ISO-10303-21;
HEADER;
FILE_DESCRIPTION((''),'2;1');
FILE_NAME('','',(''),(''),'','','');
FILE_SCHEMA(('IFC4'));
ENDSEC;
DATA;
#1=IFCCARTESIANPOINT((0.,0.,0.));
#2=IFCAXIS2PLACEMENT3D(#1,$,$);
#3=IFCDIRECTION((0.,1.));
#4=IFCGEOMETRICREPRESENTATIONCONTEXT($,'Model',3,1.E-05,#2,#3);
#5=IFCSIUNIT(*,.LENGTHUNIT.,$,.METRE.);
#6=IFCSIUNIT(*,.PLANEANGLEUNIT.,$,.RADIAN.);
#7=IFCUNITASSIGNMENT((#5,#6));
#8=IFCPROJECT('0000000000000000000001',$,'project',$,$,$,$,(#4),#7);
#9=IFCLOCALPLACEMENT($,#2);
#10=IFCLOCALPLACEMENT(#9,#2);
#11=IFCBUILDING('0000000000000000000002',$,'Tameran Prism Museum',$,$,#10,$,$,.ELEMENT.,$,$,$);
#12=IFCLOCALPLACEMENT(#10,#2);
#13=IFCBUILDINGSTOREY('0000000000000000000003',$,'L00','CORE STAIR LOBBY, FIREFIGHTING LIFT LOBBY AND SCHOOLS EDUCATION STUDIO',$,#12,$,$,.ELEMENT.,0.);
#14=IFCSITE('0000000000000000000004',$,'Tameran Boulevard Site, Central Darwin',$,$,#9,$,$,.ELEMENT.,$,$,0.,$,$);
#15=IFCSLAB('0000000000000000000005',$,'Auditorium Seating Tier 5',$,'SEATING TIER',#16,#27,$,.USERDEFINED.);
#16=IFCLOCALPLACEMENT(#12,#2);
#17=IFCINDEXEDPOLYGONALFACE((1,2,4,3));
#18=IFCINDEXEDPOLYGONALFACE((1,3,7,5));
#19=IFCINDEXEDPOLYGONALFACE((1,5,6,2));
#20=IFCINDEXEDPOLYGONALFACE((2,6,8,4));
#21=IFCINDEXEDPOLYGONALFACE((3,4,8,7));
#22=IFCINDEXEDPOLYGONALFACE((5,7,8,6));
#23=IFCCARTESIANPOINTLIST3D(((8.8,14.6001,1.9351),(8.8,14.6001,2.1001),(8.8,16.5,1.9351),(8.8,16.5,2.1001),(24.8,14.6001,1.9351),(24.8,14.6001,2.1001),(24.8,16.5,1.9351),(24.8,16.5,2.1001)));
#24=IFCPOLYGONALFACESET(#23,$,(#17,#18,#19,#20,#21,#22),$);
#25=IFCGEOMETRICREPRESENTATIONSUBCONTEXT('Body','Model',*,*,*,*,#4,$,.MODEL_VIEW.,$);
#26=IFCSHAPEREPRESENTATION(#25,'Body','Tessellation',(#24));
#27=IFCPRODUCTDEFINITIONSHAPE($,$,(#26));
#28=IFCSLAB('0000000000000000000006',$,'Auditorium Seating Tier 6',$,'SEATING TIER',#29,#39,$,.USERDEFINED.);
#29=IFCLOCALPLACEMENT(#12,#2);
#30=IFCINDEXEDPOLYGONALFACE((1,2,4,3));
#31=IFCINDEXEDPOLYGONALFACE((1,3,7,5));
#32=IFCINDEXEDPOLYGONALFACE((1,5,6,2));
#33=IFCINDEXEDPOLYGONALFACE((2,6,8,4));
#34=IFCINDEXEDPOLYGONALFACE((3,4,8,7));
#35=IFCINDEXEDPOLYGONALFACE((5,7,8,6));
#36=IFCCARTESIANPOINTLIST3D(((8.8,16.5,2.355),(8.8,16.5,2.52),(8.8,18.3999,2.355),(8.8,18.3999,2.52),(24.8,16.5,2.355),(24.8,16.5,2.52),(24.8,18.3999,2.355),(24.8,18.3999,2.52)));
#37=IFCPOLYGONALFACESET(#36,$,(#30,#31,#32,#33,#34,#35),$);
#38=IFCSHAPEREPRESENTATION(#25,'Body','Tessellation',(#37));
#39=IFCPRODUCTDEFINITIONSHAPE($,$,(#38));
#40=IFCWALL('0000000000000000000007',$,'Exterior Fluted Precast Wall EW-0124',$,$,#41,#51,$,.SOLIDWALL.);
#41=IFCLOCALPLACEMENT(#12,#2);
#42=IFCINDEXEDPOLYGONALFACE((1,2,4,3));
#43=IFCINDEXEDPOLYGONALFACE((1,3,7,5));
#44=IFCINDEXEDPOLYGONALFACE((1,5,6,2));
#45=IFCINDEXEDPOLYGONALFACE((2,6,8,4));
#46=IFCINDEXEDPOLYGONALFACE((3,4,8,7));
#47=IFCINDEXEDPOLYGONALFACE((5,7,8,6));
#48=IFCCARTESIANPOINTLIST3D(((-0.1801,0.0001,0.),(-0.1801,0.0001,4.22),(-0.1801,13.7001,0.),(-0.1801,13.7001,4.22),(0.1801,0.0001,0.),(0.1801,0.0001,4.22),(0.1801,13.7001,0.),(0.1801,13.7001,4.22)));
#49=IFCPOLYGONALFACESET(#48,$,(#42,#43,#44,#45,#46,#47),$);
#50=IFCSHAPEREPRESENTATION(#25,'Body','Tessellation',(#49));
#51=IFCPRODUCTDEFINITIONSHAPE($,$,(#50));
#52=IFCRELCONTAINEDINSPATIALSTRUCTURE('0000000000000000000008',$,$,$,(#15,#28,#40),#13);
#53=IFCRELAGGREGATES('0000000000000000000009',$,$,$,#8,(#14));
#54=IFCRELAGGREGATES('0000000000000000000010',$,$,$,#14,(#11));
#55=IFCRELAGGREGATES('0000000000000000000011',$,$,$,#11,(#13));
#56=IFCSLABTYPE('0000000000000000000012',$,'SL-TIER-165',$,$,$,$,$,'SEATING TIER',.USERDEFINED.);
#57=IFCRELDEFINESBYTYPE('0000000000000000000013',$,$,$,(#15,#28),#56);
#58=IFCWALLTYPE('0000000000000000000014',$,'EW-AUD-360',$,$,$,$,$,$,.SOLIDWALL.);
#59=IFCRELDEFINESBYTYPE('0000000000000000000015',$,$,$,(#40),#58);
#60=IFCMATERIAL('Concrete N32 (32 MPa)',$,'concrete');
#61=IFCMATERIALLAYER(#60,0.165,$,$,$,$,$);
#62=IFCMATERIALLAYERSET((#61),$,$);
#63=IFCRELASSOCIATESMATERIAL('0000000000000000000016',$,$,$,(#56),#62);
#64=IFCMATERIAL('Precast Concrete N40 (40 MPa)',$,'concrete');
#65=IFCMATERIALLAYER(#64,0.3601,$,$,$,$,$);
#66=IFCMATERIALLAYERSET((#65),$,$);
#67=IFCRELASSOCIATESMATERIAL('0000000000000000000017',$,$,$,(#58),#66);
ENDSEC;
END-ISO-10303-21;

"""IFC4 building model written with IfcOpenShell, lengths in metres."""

from ifc_helpers import new_model, si_unit, direction, frame, frame_2d, origin, place, context, subcontext, project, spatial, polyline, rectangle, outline, extrude, material, layer, layer_set, type_object, element, save


model = new_model("IFC4")

# Units and contexts
model_context = context("Model", 3, precision=1e-05, world=origin(), true_north=direction((0.0, 1.0)))
body_context = subcontext(model_context, "Body", "Model", "MODEL_VIEW")
ifc_project = project(units=[si_unit("LENGTHUNIT", "METRE"), si_unit("PLANEANGLEUNIT", "RADIAN")], contexts=[model_context])

# Site, building, storey
site_placement = place(None, origin())
site = spatial("IfcSite", under=ifc_project, at=site_placement, Name="Tameran Boulevard Site, Central Darwin", CompositionType="ELEMENT", RefElevation=0.0)
building_placement = place(site_placement, origin())
building = spatial("IfcBuilding", under=site, at=building_placement, Name="Tameran Prism Museum", CompositionType="ELEMENT")
storey_placement = place(building_placement, origin())
storey = spatial("IfcBuildingStorey", under=building, at=storey_placement, Name="L00", Description="CORE STAIR LOBBY, FIREFIGHTING LIFT LOBBY AND SCHOOLS EDUCATION STUDIO", CompositionType="ELEMENT", Elevation=0.0)

# Slabs
ifc_material_1 = material(Name="Concrete N32 (32 MPa)", Category="concrete")
ifc_layer_1 = layer(ifc_material_1, 0.165)
ifc_layer_set_1 = layer_set([ifc_layer_1])
slab_type_1 = type_object("IfcSlabType", Name="SL-TIER-165", ElementType="SEATING TIER", PredefinedType="USERDEFINED", material=ifc_layer_set_1)
slab_1_placement = place(storey_placement, frame((0.0, 0.0, 1.9351)))
element("IfcSlab", 1, at=slab_1_placement, inside=storey, type_object=slab_type_1, Name="Auditorium Seating Tier 5", ObjectType="SEATING TIER", PredefinedType="USERDEFINED", context=body_context, shape_type="SweptSolid", body=[
    extrude(outline(polyline([(8.8, 14.6001), (24.8, 14.6001), (24.8, 16.5), (8.8, 16.5), (8.8, 14.6001)])), origin(), (0.0, 0.0, 1.0), 0.165),
])
slab_2_placement = place(storey_placement, frame((0.0, 0.0, 2.355)))
element("IfcSlab", 2, at=slab_2_placement, inside=storey, type_object=slab_type_1, Name="Auditorium Seating Tier 6", ObjectType="SEATING TIER", PredefinedType="USERDEFINED", context=body_context, shape_type="SweptSolid", body=[
    extrude(outline(polyline([(8.8, 16.5), (24.8, 16.5), (24.8, 18.3999), (8.8, 18.3999), (8.8, 16.5)])), origin(), (0.0, 0.0, 1.0), 0.165),
])

# Wall
ifc_material_2 = material(Name="Precast Concrete N40 (40 MPa)", Category="concrete")
ifc_layer_2 = layer(ifc_material_2, 0.3601)
ifc_layer_set_2 = layer_set([ifc_layer_2])
wall_type = type_object("IfcWallType", Name="EW-AUD-360", PredefinedType="SOLIDWALL", material=ifc_layer_set_2)
wall_placement = place(storey_placement, frame((0.0, 0.0, 0.0), z_axis=(0.0, 0.0, 1.0), x_axis=(0.0, 1.0, 0.0)))
element("IfcWall", 3, at=wall_placement, inside=storey, type_object=wall_type, Name="Exterior Fluted Precast Wall EW-0124", PredefinedType="SOLIDWALL", context=body_context, shape_type="SweptSolid", body=[
    extrude(rectangle(XDim=13.7, YDim=0.3601, at=frame_2d((6.8501, 0.0))), origin(), (0.0, 0.0, 1.0), 4.22),
])

save(model, "model.ifc")
